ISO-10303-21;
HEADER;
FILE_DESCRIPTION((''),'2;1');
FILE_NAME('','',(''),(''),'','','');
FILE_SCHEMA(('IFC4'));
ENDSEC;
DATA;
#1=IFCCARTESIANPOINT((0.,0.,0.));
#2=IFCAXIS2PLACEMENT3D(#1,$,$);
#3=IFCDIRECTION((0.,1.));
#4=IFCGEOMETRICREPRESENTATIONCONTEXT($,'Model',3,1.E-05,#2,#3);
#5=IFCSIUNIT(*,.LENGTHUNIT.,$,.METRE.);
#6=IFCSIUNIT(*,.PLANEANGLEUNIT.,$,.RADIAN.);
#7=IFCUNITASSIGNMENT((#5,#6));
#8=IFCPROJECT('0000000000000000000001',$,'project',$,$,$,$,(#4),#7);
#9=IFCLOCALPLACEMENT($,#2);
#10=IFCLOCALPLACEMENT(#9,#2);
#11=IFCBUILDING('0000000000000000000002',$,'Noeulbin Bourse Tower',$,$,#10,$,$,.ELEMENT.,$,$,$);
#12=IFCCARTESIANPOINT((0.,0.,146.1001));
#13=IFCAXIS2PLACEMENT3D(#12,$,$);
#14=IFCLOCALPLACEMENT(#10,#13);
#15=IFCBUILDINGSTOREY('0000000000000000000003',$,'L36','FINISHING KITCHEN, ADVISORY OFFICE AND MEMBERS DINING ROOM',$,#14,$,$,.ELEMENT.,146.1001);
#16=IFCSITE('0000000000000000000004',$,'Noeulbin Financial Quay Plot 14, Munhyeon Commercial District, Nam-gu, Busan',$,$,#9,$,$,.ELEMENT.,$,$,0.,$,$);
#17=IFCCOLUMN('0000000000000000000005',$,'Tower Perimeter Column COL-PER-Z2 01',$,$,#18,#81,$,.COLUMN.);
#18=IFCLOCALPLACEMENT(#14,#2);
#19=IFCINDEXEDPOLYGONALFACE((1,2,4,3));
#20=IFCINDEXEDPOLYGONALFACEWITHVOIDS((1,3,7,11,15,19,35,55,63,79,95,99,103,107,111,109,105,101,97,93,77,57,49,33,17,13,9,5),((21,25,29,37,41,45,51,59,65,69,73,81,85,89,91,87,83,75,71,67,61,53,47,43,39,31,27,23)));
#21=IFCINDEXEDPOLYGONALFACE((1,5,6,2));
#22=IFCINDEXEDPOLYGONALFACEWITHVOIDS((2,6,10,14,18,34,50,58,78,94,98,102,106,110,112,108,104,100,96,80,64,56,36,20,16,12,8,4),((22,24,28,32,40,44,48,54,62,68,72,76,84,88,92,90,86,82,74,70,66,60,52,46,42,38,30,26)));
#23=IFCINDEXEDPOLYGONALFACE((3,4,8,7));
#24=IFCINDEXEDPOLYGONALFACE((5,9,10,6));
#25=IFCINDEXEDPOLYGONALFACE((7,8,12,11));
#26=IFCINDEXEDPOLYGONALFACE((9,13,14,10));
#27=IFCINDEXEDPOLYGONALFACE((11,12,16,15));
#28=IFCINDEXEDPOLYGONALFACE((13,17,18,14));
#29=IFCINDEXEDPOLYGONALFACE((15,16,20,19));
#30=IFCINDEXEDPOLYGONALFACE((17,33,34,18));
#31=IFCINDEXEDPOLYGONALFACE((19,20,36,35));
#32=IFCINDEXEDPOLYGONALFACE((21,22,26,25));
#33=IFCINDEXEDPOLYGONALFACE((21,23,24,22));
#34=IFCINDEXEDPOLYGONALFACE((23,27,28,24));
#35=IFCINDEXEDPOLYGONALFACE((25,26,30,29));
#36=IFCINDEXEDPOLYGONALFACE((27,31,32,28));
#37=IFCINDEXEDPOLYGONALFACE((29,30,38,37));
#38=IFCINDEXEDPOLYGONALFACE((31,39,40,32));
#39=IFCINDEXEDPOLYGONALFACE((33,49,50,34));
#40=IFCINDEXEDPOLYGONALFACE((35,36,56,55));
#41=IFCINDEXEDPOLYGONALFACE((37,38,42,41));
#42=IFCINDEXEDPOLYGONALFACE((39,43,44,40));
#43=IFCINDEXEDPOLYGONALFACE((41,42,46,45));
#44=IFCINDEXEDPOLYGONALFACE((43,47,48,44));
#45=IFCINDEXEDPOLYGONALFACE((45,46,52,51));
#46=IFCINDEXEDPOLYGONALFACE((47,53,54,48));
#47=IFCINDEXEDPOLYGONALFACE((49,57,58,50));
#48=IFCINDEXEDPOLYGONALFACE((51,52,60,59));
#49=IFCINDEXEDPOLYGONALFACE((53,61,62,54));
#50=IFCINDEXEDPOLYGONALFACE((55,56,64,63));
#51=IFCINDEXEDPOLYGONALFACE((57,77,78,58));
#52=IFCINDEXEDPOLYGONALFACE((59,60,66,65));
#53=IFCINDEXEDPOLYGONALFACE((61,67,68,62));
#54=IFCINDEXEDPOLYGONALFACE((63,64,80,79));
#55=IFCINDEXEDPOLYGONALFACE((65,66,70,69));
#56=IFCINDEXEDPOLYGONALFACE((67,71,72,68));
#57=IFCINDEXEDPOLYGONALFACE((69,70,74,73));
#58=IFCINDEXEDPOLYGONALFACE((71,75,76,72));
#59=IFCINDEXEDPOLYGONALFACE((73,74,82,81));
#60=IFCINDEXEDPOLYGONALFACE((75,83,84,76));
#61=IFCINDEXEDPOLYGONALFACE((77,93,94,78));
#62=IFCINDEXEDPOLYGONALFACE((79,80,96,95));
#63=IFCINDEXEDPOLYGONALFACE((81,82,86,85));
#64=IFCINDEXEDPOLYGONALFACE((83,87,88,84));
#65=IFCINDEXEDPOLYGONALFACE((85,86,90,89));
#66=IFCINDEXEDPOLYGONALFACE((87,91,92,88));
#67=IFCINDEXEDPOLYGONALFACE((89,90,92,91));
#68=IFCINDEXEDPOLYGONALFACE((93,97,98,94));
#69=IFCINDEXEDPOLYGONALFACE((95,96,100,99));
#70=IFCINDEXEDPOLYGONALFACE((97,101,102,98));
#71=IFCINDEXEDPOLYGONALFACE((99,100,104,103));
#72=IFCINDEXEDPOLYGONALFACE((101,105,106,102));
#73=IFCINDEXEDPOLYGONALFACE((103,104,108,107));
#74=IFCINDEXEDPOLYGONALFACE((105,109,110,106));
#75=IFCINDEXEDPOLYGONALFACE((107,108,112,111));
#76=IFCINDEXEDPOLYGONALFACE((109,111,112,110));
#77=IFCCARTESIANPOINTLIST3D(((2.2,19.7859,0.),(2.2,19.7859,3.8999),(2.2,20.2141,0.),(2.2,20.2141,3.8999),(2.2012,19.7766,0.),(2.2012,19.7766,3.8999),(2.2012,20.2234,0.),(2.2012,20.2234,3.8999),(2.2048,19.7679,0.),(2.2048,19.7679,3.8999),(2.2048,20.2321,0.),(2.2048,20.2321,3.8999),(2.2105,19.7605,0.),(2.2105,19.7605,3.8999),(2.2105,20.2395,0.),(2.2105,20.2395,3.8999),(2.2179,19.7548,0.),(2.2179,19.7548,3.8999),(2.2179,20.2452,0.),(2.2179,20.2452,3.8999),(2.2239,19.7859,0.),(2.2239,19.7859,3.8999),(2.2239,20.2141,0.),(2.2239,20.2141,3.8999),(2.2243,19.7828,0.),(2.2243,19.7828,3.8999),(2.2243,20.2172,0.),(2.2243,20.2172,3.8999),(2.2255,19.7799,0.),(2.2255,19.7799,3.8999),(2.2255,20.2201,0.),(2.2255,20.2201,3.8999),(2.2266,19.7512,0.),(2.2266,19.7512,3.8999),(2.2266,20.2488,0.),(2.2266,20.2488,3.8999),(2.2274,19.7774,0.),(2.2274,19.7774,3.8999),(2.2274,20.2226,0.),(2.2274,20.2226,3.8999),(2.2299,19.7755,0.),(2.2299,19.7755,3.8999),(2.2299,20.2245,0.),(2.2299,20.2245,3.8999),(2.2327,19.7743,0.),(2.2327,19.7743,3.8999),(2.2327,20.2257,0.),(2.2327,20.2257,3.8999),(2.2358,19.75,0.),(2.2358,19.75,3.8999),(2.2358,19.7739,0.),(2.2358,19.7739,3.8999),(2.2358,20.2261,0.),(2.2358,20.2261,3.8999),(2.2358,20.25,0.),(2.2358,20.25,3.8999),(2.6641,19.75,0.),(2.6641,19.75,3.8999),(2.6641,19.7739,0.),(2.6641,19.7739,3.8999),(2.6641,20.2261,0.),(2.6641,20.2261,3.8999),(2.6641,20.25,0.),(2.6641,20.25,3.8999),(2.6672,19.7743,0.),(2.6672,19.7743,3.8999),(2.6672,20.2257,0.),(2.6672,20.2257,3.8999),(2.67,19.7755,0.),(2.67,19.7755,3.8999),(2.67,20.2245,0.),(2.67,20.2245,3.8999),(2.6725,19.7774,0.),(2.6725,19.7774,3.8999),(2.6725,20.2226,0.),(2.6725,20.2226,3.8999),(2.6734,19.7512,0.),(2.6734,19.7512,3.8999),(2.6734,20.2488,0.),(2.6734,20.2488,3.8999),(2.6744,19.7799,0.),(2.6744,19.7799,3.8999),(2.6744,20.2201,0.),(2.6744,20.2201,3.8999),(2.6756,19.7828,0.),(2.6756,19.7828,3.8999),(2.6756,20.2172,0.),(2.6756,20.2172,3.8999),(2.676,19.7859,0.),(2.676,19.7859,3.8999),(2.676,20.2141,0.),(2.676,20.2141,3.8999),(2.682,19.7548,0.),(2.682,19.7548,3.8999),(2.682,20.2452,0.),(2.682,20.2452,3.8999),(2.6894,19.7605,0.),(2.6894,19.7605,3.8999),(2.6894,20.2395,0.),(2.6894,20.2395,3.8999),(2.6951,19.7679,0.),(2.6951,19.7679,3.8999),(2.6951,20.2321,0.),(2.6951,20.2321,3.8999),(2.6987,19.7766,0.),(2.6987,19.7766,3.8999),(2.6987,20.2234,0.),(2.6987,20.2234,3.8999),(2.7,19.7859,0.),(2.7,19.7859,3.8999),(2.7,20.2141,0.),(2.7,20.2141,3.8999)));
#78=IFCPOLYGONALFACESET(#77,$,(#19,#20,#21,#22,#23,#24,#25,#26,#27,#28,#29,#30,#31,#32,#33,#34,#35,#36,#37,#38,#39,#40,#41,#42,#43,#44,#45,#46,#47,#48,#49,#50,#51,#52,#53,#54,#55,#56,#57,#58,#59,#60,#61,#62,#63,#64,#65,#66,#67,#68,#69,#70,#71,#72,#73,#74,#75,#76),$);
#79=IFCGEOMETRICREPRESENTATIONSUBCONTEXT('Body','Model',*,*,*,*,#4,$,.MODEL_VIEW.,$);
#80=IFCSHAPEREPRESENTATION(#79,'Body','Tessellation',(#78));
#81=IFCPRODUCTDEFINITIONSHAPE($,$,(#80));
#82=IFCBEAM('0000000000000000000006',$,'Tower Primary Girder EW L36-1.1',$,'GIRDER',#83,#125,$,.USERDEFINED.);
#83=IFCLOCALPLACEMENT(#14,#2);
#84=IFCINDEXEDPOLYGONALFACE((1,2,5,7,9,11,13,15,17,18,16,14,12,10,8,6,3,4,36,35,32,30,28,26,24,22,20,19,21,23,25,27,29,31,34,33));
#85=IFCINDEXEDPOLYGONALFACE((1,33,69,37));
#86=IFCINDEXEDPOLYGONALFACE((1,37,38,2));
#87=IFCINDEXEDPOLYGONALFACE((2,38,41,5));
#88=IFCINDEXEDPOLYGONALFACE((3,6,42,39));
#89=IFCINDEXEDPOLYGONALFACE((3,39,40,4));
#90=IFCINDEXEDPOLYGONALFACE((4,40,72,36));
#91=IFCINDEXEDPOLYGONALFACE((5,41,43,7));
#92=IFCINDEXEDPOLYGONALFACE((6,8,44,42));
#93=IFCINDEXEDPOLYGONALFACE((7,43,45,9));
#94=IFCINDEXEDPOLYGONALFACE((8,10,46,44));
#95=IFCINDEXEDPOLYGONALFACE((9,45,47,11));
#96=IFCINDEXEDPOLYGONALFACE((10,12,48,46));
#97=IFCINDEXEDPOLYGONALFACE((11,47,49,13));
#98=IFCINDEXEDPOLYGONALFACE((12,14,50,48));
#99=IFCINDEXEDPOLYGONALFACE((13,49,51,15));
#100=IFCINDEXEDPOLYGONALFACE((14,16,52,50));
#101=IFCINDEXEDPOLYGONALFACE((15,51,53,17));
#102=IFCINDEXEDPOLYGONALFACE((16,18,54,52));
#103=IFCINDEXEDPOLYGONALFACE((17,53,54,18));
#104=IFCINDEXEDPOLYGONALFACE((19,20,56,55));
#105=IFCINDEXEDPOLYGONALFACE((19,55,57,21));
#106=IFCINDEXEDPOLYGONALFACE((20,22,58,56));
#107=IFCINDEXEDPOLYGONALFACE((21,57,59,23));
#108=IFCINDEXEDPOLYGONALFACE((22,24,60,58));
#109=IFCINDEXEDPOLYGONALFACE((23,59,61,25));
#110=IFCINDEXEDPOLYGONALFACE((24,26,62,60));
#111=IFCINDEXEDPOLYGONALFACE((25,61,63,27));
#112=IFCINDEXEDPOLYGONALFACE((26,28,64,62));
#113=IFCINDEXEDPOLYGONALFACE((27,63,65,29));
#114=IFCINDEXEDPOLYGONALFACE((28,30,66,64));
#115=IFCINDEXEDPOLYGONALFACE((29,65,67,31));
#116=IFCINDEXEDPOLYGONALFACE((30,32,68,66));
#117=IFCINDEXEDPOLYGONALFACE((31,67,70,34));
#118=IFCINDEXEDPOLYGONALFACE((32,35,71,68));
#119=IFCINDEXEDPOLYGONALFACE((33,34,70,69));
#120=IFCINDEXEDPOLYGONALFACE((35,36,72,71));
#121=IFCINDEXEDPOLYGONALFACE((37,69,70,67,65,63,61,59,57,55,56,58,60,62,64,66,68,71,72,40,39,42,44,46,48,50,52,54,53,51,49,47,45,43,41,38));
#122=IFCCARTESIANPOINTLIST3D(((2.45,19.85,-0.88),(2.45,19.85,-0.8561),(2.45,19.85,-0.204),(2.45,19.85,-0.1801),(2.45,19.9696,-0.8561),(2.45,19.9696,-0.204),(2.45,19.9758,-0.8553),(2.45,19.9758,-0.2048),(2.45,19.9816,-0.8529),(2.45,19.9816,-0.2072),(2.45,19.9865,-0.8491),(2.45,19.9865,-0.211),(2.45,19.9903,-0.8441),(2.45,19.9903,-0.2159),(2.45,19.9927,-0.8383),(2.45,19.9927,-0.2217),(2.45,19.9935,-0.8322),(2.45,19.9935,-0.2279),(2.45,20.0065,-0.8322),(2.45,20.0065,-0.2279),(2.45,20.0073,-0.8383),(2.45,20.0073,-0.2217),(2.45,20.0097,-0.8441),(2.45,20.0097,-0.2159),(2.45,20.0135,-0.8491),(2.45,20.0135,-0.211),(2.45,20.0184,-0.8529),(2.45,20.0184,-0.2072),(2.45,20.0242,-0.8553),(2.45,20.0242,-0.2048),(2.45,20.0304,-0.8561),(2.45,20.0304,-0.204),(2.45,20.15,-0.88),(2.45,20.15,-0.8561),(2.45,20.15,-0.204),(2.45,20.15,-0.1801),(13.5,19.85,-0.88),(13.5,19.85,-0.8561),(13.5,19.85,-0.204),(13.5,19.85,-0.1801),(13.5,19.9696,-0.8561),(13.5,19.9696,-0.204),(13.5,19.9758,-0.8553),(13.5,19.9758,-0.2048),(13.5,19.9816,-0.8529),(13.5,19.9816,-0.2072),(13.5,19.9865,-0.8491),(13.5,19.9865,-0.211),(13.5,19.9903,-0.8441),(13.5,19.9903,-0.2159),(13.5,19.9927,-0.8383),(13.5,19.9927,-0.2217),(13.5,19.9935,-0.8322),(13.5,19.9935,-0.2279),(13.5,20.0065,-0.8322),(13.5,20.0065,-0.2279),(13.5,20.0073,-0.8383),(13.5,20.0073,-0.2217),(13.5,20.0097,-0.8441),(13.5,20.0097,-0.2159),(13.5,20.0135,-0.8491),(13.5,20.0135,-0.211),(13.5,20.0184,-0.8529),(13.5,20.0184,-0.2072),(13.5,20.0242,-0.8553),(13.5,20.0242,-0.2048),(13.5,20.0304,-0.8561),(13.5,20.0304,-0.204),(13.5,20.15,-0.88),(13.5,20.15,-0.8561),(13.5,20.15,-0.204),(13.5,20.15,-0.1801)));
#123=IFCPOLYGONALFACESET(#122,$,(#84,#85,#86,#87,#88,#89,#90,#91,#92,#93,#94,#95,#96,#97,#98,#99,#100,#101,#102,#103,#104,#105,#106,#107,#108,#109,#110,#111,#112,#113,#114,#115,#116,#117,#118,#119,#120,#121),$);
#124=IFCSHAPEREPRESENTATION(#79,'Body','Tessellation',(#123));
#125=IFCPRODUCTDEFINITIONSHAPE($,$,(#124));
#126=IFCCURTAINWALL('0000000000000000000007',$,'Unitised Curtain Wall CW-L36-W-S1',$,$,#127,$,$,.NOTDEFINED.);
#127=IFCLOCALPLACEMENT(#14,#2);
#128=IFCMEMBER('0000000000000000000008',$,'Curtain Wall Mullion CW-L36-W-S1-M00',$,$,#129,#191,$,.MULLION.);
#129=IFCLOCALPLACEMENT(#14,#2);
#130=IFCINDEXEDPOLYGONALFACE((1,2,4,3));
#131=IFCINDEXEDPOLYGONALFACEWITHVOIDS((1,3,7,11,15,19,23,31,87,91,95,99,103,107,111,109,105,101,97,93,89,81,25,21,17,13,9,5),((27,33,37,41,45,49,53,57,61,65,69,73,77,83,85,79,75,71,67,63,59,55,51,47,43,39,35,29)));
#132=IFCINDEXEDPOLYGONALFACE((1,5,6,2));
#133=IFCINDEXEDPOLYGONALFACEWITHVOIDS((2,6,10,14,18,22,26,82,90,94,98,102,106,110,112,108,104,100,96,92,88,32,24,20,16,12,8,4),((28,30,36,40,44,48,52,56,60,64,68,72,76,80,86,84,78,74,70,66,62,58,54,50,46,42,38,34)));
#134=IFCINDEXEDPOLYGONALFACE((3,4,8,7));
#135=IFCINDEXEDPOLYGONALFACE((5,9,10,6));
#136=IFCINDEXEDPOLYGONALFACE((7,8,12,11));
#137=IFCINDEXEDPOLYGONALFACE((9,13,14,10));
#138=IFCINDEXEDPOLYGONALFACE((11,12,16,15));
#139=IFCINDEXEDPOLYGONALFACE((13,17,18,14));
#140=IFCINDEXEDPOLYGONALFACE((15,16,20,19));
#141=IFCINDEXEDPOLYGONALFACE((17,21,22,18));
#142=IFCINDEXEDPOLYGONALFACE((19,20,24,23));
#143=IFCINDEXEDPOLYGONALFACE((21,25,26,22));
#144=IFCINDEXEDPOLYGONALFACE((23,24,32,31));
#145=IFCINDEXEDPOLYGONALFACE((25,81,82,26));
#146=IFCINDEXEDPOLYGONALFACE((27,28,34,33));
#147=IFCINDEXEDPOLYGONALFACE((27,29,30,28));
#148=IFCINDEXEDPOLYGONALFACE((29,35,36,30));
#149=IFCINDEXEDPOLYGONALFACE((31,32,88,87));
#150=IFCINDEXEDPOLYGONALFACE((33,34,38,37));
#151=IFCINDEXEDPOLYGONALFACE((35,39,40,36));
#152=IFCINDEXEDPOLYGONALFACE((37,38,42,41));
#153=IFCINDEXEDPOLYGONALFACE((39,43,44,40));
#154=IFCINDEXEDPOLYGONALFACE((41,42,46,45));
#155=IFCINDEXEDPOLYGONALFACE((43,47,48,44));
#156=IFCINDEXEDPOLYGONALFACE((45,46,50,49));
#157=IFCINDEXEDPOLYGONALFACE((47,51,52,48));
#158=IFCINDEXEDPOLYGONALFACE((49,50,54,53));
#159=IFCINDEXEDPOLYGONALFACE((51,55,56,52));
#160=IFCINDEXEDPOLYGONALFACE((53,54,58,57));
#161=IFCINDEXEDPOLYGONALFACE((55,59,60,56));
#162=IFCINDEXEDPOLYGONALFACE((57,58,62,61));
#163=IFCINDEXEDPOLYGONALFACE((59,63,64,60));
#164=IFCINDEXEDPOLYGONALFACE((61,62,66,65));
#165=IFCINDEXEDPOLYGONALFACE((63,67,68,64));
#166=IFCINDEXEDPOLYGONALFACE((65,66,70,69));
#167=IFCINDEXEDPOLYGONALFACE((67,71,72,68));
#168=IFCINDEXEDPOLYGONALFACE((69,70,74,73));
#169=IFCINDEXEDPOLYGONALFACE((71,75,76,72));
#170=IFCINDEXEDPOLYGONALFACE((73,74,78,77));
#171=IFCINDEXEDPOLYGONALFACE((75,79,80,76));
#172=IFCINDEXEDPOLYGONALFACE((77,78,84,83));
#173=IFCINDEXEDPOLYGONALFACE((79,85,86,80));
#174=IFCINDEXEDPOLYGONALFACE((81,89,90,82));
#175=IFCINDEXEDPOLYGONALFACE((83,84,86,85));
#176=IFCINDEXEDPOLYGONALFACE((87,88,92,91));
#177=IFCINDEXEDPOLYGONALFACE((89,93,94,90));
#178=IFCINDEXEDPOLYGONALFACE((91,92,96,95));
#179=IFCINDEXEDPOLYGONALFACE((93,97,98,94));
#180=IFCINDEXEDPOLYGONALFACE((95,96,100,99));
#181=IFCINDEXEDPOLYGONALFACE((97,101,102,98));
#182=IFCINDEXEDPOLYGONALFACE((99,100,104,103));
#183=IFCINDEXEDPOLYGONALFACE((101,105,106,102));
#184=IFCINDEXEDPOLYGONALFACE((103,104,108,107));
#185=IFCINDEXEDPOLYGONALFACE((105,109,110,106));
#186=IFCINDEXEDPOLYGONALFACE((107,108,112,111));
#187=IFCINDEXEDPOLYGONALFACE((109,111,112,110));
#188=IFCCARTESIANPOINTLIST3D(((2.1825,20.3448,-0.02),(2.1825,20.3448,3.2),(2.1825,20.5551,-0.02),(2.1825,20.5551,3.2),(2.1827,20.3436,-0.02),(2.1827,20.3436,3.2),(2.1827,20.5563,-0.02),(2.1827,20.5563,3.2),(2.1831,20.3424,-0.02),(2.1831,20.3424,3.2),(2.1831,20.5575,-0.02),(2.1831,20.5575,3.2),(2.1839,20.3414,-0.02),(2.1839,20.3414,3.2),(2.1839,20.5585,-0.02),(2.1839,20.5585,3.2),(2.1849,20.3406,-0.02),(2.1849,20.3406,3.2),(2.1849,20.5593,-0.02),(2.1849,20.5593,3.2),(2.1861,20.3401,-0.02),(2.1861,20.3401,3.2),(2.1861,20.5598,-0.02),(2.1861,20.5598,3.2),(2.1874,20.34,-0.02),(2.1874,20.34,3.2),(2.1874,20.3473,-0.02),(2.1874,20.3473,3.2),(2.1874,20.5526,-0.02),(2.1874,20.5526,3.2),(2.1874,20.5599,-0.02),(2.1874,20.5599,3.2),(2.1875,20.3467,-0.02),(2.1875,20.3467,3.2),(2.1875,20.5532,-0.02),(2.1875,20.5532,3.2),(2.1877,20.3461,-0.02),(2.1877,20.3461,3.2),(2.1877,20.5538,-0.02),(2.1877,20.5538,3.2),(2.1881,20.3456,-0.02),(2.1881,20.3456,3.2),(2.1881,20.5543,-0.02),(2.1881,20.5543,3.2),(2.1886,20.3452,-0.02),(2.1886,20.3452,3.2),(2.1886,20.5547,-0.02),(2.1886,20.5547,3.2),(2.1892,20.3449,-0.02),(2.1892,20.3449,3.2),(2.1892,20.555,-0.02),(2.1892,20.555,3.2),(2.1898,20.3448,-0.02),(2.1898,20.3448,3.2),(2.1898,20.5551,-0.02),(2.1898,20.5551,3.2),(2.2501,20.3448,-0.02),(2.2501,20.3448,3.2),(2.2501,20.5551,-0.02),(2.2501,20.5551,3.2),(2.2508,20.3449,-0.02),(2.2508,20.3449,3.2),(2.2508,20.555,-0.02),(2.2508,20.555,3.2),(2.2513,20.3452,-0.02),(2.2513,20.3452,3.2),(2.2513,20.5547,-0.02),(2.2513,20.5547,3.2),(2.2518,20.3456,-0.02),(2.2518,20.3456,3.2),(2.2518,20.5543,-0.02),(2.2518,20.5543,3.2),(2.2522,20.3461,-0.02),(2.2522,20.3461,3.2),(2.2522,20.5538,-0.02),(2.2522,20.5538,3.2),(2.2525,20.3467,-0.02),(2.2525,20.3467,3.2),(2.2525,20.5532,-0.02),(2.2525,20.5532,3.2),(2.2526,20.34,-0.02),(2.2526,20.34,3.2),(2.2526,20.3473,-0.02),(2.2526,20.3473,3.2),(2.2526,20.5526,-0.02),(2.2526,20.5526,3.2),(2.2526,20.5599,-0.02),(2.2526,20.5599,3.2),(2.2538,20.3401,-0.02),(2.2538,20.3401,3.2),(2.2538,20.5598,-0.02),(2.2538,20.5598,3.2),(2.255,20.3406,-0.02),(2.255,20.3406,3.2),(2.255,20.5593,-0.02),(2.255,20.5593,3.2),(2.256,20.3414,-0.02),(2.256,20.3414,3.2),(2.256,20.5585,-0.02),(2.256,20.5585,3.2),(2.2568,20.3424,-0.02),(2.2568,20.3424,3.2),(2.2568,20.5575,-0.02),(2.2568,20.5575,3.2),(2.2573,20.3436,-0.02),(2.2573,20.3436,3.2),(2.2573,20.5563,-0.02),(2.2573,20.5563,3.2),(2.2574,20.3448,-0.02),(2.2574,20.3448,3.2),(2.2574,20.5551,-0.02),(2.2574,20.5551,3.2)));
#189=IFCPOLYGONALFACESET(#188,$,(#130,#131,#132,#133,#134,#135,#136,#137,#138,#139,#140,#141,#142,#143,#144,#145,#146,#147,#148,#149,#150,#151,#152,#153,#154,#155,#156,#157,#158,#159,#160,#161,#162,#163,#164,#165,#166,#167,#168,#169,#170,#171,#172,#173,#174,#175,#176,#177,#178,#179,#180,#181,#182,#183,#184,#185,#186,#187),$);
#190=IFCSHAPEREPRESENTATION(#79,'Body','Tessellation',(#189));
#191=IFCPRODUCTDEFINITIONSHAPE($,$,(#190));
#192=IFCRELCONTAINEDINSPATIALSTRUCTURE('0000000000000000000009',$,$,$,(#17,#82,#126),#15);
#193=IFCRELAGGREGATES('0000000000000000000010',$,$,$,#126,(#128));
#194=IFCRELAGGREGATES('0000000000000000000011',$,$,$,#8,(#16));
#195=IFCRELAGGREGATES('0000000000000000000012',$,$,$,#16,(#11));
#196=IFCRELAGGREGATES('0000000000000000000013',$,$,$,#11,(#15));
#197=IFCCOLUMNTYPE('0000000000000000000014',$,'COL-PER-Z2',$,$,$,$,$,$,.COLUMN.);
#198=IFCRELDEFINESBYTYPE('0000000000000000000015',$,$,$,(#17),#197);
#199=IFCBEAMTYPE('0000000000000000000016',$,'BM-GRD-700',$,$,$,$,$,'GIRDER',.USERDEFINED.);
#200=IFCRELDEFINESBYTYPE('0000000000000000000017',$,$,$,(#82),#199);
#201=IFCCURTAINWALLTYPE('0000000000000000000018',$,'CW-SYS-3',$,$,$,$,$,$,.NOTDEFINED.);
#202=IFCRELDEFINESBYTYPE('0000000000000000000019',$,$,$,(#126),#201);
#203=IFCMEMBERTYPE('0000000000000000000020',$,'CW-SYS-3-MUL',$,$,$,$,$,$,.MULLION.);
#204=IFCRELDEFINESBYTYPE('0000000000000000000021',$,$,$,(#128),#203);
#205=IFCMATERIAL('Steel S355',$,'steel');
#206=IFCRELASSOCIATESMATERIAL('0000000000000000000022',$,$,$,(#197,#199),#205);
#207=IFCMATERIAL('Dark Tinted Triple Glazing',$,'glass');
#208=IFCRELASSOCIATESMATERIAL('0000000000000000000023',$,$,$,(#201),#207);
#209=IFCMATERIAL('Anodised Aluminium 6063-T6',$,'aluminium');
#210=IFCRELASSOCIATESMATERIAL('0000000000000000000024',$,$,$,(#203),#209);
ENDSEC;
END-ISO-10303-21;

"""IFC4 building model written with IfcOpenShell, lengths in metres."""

from ifc_helpers import new_model, si_unit, direction, frame, origin, origin_2d, place, context, subcontext, project, spatial, hollow_rectangle, i_section, extrude, material, material_profile, profile_set, type_object, element, aggregate, save


model = new_model("IFC4")

# Units and contexts
model_context = context("Model", 3, precision=1e-05, world=origin(), true_north=direction((0.0, 1.0)))
body_context = subcontext(model_context, "Body", "Model", "MODEL_VIEW")
ifc_project = project(units=[si_unit("LENGTHUNIT", "METRE"), si_unit("PLANEANGLEUNIT", "RADIAN")], contexts=[model_context])

# Site, building, storey
site_placement = place(None, origin())
site = spatial("IfcSite", under=ifc_project, at=site_placement, Name="Noeulbin Financial Quay Plot 14, Munhyeon Commercial District, Nam-gu, Busan", CompositionType="ELEMENT", RefElevation=0.0)
building_placement = place(site_placement, origin())
building = spatial("IfcBuilding", under=site, at=building_placement, Name="Noeulbin Bourse Tower", CompositionType="ELEMENT")
storey_placement = place(building_placement, frame((0.0, 0.0, 146.1001)))
storey = spatial("IfcBuildingStorey", under=building, at=storey_placement, Name="L36", Description="FINISHING KITCHEN, ADVISORY OFFICE AND MEMBERS DINING ROOM", CompositionType="ELEMENT", Elevation=146.1001)

# Column
ifc_material_1 = material(Name="Steel S355", Category="steel")
ifc_material_profile_1 = material_profile(ifc_material_1, hollow_rectangle(XDim=0.5, YDim=0.5, WallThickness=0.0239, InnerFilletRadius=0.012, OuterFilletRadius=0.0359, at=origin_2d()), Name="BOX-500x500x24", Category="LoadBearing")
ifc_profile_set_1 = profile_set([ifc_material_profile_1], Name="Steel S355")
column_type = type_object("IfcColumnType", Name="COL-PER-Z2", PredefinedType="COLUMN", material=ifc_profile_set_1)
column_placement = place(storey_placement, frame((2.45, 20.0, 0.0), z_axis=(0.0, 0.0, 1.0), x_axis=(1.0, 0.0, 0.0)))
element("IfcColumn", 1, at=column_placement, inside=storey, type_object=column_type, Name="Tower Perimeter Column COL-PER-Z2 01", PredefinedType="COLUMN", context=body_context, shape_type="SweptSolid", body=[
    extrude(hollow_rectangle(XDim=0.5, YDim=0.5, WallThickness=0.0239, InnerFilletRadius=0.012, OuterFilletRadius=0.0359, at=origin_2d()), origin(), (0.0, 0.0, 1.0), 3.8999),
])

# Beam
ifc_material_profile_2 = material_profile(ifc_material_1, i_section(OverallWidth=0.3, OverallDepth=0.7, WebThickness=0.0129, FlangeThickness=0.0239, FilletRadius=0.0239, at=origin_2d()), Name="H-700x300x13x24", Category="LoadBearing")
ifc_profile_set_2 = profile_set([ifc_material_profile_2], Name="Steel S355")
beam_type = type_object("IfcBeamType", Name="BM-GRD-700", ElementType="GIRDER", PredefinedType="USERDEFINED", material=ifc_profile_set_2)
beam_placement = place(storey_placement, frame((2.45, 20.0, -0.53), z_axis=(1.0, 0.0, 0.0), x_axis=(0.0, 1.0, 0.0)))
element("IfcBeam", 2, at=beam_placement, inside=storey, type_object=beam_type, Name="Tower Primary Girder EW L36-1.1", ObjectType="GIRDER", PredefinedType="USERDEFINED", context=body_context, shape_type="SweptSolid", body=[
    extrude(i_section(OverallWidth=0.3, OverallDepth=0.7, WebThickness=0.0129, FlangeThickness=0.0239, FilletRadius=0.0239, at=origin_2d()), origin(), (0.0, 0.0, 1.0), 11.05),
])

# Curtain wall, member
ifc_material_2 = material(Name="Dark Tinted Triple Glazing", Category="glass")
curtain_wall_type = type_object("IfcCurtainWallType", Name="CW-SYS-3", PredefinedType="NOTDEFINED", material=ifc_material_2)
curtain_wall_placement = place(storey_placement, origin())
curtain_wall = element("IfcCurtainWall", 3, at=curtain_wall_placement, inside=storey, type_object=curtain_wall_type, Name="Unitised Curtain Wall CW-L36-W-S1", PredefinedType="NOTDEFINED")
ifc_material_3 = material(Name="Anodised Aluminium 6063-T6", Category="aluminium")
ifc_material_profile_3 = material_profile(ifc_material_3, hollow_rectangle(XDim=0.075, YDim=0.22, WallThickness=0.0049, InnerFilletRadius=0.0024, OuterFilletRadius=0.0049, at=origin_2d()), Name="ALU-MULL-75x220x5", Category="LoadBearing")
ifc_profile_set_3 = profile_set([ifc_material_profile_3], Name="Anodised Aluminium 6063-T6")
member_type_1 = type_object("IfcMemberType", Name="CW-SYS-3-MUL", PredefinedType="MULLION", material=ifc_profile_set_3)
member_1_placement = place(storey_placement, frame((2.22, 20.45, -0.02), z_axis=(0.0, 0.0, 1.0), x_axis=(1.0, 0.0, 0.0)))
member_1 = element("IfcMember", 4, at=member_1_placement, type_object=member_type_1, Name="Curtain Wall Mullion CW-L36-W-S1-M00", PredefinedType="MULLION", context=body_context, shape_type="SweptSolid", body=[
    extrude(hollow_rectangle(XDim=0.075, YDim=0.22, WallThickness=0.0049, InnerFilletRadius=0.0024, OuterFilletRadius=0.0049, at=origin_2d()), origin(), (0.0, 0.0, 1.0), 3.22),
])
aggregate(curtain_wall, [member_1])

save(model, "model.ifc")
